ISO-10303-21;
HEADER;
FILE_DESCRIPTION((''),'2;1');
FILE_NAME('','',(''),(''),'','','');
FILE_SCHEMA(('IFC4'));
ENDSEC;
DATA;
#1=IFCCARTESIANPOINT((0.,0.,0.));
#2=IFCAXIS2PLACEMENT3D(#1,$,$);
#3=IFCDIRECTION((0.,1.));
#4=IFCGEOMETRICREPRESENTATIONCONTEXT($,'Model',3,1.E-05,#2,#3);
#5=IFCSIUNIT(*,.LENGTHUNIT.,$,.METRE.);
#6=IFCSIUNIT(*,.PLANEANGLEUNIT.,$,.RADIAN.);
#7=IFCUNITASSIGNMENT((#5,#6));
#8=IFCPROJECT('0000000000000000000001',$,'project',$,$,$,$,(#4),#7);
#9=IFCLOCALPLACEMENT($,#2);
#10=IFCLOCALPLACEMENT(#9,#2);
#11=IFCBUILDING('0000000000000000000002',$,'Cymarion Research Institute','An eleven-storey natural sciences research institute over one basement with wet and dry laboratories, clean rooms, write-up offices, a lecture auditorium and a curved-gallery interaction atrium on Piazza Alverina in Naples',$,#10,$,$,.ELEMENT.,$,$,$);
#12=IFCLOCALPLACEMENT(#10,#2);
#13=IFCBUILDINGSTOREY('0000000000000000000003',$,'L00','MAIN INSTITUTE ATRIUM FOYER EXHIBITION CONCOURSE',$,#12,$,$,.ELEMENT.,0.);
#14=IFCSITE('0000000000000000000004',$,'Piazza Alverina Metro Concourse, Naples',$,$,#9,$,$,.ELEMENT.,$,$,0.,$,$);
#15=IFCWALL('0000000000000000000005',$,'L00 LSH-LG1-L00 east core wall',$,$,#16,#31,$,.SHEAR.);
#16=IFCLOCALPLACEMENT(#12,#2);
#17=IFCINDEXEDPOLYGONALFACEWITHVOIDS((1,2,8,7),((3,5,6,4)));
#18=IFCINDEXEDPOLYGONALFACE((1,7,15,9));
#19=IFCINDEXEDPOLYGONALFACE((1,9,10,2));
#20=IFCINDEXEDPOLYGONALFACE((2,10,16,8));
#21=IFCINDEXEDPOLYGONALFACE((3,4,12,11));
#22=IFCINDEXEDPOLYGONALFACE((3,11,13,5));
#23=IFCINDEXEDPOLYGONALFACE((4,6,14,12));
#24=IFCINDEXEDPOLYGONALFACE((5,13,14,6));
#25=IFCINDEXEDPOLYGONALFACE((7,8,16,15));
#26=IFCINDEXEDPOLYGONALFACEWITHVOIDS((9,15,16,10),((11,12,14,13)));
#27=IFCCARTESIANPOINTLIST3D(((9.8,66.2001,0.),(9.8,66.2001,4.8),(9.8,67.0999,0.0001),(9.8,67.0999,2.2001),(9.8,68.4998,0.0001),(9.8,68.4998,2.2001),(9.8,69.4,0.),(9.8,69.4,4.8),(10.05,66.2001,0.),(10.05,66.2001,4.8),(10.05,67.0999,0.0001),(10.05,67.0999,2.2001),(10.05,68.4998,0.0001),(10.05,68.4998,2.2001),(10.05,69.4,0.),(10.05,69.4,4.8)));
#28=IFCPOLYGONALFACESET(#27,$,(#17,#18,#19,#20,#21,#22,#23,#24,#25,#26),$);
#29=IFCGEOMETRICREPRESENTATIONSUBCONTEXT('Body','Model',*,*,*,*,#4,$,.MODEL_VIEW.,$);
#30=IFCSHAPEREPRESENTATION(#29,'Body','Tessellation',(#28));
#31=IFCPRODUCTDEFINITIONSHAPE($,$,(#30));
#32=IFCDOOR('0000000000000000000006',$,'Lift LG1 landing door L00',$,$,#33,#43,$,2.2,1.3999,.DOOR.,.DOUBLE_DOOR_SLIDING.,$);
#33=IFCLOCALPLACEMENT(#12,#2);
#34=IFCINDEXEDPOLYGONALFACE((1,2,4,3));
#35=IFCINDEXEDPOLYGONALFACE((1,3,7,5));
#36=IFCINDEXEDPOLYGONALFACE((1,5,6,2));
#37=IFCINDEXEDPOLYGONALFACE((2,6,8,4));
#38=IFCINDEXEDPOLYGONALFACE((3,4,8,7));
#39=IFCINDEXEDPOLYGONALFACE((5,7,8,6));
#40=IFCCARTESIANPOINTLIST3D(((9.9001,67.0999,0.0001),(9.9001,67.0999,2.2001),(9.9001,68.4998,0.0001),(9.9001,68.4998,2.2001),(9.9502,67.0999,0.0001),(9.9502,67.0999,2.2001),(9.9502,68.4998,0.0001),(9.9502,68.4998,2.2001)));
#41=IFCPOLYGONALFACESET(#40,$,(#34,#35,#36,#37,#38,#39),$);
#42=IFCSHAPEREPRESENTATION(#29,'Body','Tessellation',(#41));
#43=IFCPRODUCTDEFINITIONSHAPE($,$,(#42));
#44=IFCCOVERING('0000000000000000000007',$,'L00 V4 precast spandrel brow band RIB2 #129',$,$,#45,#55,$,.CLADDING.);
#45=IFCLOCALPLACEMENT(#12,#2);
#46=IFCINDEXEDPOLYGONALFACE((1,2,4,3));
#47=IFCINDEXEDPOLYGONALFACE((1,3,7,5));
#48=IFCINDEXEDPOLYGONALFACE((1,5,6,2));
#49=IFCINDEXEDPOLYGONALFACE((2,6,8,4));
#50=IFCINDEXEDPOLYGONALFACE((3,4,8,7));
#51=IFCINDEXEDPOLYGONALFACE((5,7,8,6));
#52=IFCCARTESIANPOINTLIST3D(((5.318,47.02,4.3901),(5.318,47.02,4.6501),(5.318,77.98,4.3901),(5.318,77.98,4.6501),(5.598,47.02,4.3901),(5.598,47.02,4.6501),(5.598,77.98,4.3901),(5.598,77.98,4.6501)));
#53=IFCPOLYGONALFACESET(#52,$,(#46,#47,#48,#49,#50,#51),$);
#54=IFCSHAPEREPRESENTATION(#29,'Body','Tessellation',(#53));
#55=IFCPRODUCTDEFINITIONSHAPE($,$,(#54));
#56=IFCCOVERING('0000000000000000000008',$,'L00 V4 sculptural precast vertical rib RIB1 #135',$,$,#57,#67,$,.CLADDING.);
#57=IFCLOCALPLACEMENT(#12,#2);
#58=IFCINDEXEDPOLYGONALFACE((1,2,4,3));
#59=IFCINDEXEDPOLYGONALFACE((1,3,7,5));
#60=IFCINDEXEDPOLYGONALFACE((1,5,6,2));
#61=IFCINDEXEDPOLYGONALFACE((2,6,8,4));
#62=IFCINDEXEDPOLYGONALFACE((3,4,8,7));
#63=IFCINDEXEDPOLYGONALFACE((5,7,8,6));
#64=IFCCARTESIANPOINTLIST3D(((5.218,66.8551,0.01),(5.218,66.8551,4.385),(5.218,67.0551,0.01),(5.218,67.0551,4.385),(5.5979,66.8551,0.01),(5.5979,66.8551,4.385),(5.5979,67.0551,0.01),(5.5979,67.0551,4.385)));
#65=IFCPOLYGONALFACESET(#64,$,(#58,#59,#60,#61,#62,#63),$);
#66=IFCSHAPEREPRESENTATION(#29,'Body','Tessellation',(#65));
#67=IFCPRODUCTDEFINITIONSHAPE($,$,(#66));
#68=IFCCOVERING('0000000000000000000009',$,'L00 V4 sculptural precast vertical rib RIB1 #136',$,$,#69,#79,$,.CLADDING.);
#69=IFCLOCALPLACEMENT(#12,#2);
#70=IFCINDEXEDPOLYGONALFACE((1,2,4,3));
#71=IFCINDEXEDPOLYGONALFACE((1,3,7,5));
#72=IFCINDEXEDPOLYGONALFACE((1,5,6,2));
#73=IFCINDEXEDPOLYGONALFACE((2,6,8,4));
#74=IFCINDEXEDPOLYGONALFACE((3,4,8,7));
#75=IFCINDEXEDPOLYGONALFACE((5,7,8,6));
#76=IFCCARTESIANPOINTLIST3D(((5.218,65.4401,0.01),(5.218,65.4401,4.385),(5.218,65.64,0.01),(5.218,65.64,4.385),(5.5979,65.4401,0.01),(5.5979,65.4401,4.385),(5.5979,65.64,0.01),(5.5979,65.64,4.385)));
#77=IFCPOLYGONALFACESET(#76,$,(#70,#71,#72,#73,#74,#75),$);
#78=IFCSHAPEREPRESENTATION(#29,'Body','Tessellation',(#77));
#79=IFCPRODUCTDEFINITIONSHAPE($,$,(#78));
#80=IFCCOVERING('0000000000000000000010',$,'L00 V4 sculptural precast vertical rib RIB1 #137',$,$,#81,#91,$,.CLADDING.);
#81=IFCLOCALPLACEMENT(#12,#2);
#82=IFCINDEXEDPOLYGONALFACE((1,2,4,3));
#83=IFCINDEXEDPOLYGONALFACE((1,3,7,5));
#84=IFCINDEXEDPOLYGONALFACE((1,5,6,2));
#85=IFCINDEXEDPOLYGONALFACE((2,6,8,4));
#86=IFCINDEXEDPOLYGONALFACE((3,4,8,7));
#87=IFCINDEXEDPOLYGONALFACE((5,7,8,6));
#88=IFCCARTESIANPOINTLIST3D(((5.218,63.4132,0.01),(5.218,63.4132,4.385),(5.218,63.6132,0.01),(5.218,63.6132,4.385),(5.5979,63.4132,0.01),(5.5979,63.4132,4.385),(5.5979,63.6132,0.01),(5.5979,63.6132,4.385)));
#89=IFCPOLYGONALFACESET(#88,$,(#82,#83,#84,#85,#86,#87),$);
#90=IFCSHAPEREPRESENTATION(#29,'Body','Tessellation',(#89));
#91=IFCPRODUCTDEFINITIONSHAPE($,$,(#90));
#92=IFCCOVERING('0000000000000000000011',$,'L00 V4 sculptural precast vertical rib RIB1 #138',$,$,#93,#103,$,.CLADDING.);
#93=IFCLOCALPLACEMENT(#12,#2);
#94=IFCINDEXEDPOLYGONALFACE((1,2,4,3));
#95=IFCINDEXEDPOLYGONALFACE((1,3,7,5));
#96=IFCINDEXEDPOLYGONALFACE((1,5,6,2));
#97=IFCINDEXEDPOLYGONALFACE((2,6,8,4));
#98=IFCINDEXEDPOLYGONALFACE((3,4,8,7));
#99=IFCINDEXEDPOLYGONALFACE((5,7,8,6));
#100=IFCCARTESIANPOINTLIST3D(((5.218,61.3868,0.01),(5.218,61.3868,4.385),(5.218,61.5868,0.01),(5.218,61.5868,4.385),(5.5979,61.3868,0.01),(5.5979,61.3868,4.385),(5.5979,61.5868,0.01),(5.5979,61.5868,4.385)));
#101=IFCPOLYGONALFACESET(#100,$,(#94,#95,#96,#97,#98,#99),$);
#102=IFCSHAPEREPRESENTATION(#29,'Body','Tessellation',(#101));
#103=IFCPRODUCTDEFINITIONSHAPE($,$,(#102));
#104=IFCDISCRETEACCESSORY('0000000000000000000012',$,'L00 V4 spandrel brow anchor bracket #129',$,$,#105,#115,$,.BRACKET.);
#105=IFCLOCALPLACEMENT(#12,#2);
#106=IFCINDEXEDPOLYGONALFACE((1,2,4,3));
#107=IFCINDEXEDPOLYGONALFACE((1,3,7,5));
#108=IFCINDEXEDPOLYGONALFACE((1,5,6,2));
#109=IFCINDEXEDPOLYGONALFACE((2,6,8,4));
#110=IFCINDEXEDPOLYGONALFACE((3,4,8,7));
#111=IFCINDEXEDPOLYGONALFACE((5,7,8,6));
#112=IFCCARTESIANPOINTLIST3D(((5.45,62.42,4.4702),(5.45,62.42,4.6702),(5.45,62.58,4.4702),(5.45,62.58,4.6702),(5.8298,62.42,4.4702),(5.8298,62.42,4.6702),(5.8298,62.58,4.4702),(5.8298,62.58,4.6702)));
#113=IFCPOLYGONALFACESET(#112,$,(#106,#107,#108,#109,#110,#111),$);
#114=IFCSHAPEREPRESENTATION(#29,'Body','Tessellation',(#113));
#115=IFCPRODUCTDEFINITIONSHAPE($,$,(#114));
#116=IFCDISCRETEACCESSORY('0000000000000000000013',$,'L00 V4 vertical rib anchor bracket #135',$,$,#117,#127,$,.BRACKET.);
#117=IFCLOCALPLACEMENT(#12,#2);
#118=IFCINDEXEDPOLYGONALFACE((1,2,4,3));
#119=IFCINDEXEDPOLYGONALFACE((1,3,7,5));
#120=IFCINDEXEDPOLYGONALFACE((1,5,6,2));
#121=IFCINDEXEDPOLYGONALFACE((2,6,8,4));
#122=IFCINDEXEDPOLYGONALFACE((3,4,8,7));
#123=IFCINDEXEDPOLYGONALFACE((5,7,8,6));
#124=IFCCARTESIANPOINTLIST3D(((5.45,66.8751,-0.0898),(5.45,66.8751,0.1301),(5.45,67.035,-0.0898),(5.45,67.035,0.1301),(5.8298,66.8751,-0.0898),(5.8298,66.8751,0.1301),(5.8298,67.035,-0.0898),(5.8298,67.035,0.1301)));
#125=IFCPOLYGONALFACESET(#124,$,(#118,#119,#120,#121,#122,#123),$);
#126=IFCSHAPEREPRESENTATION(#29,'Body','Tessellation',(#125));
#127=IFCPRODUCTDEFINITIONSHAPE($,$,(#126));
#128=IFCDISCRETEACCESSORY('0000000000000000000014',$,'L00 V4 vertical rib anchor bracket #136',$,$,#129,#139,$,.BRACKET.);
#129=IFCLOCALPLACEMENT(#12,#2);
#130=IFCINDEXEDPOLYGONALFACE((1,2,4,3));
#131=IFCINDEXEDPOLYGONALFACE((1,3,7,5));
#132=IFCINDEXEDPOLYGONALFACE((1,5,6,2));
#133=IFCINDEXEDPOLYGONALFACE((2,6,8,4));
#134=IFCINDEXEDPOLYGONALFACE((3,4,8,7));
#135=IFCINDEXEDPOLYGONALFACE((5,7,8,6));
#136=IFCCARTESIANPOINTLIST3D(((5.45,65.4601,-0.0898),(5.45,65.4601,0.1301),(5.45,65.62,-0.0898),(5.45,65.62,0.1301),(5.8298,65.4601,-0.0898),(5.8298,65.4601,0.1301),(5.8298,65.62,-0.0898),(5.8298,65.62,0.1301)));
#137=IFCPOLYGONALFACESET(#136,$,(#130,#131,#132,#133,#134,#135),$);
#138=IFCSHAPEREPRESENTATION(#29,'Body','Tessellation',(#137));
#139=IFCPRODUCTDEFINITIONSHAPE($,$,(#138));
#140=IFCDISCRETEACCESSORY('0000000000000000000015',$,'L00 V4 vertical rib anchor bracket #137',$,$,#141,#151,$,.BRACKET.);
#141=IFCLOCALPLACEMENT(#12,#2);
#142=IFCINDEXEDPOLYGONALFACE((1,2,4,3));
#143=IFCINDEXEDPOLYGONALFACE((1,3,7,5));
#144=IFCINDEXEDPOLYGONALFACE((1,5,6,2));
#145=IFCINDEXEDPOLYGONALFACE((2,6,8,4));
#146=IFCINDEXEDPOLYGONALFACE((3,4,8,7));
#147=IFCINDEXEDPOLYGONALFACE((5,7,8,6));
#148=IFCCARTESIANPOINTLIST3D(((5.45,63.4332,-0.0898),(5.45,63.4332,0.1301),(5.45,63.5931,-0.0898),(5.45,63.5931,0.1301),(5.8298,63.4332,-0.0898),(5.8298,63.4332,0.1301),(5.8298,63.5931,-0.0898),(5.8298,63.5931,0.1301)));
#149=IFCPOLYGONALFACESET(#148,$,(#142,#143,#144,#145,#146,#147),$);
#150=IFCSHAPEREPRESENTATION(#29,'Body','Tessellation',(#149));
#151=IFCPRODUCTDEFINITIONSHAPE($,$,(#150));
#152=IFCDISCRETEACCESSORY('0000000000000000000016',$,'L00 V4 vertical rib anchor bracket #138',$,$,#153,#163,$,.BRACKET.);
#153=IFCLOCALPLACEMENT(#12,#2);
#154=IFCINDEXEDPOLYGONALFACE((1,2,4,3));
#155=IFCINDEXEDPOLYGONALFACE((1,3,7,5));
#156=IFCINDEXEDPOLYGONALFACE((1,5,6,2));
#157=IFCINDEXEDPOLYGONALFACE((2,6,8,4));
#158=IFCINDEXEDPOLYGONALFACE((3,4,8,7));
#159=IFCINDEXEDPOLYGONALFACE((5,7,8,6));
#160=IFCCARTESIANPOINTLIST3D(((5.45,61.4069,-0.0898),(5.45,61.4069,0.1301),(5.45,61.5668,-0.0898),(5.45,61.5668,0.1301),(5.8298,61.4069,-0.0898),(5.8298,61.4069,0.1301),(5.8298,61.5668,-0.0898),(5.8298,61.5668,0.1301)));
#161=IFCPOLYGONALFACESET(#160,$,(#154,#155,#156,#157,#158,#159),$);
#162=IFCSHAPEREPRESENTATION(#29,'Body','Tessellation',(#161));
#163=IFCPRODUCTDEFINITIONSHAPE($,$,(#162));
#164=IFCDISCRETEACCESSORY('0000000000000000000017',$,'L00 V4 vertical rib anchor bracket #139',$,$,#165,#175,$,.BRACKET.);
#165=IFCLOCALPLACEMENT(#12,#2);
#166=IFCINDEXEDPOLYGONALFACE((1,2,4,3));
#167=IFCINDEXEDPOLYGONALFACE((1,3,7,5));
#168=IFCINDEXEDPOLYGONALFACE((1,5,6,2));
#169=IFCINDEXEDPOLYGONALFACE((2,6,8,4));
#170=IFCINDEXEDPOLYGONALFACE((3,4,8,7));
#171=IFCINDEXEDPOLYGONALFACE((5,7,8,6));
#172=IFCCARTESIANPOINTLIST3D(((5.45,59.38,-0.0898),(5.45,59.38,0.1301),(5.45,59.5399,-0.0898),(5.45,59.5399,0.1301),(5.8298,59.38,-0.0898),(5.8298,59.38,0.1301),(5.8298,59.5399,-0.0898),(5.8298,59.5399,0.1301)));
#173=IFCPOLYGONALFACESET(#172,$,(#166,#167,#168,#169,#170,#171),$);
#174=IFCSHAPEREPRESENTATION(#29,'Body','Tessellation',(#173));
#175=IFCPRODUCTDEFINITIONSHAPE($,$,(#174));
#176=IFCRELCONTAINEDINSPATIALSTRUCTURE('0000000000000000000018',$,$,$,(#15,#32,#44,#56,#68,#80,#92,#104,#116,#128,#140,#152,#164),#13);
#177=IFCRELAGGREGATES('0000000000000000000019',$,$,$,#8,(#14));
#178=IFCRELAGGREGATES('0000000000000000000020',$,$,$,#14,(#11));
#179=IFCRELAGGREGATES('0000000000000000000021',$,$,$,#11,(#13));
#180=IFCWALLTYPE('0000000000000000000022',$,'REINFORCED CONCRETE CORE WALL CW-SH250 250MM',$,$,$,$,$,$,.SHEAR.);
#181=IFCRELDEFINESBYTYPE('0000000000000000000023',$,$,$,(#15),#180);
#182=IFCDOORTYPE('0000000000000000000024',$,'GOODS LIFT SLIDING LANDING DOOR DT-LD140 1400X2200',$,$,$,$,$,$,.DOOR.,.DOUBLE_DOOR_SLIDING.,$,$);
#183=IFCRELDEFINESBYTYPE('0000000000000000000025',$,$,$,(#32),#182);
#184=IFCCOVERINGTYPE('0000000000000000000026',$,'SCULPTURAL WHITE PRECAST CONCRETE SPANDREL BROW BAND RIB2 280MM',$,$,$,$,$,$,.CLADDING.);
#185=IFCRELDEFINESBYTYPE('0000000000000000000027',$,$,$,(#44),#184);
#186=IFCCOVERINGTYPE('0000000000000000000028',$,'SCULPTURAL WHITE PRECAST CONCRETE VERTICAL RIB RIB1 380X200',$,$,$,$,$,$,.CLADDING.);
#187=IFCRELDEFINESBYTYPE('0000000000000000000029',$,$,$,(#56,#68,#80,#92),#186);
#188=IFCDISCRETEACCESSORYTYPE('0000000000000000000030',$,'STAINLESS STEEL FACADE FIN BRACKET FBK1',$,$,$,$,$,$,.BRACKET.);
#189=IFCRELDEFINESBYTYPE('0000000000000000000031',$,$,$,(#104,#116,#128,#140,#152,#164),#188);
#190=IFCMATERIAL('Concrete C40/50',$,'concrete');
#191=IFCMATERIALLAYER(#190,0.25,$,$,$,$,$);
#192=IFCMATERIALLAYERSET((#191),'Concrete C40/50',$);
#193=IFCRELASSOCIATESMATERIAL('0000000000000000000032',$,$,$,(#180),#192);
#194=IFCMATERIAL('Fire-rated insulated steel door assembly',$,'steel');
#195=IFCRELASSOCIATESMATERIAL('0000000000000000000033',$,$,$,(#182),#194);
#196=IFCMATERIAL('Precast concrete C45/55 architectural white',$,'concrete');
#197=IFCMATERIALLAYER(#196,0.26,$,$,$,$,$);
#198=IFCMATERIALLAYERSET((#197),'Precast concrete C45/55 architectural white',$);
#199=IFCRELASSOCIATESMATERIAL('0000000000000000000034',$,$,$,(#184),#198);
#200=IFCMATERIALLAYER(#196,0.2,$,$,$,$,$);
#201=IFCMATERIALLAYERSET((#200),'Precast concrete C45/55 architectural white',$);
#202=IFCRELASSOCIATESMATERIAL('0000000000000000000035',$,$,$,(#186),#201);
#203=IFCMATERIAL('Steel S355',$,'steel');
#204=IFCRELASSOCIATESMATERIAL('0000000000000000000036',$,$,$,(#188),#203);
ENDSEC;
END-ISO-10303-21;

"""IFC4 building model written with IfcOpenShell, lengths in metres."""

from ifc_helpers import new_model, si_unit, direction, frame, frame_2d, origin, origin_2d, place, context, subcontext, project, spatial, rectangle, extrude, material, layer, layer_set, type_object, element, fill, save


model = new_model("IFC4")

# Units and contexts
model_context = context("Model", 3, precision=1e-05, world=origin(), true_north=direction((0.0, 1.0)))
body_context = subcontext(model_context, "Body", "Model", "MODEL_VIEW")
ifc_project = project(units=[si_unit("LENGTHUNIT", "METRE"), si_unit("PLANEANGLEUNIT", "RADIAN")], contexts=[model_context])

# Site, building, storey
site_placement = place(None, origin())
site = spatial("IfcSite", under=ifc_project, at=site_placement, Name="Piazza Alverina Metro Concourse, Naples", CompositionType="ELEMENT", RefElevation=0.0)
building_placement = place(site_placement, origin())
building = spatial("IfcBuilding", under=site, at=building_placement, Name="Cymarion Research Institute", Description="An eleven-storey natural sciences research institute over one basement with wet and dry laboratories, clean rooms, write-up offices, a lecture auditorium and a curved-gallery interaction atrium on Piazza Alverina in Naples", CompositionType="ELEMENT")
storey_placement = place(building_placement, origin())
storey = spatial("IfcBuildingStorey", under=building, at=storey_placement, Name="L00", Description="MAIN INSTITUTE ATRIUM FOYER EXHIBITION CONCOURSE", CompositionType="ELEMENT", Elevation=0.0)

# Shared definitions
ifc_material_1 = material(Name="Steel S355", Category="steel")
ifc_material_2 = material(Name="Concrete C40/50", Category="concrete")

# Shared definitions
ifc_layer_1 = layer(ifc_material_2, 0.25)
ifc_layer_set_1 = layer_set([ifc_layer_1], Name="Concrete C40/50")
wall_type_1 = type_object("IfcWallType", Name="REINFORCED CONCRETE CORE WALL CW-SH250 250MM", PredefinedType="SHEAR", material=ifc_layer_set_1)

# Wall, opening, door
wall_1_placement = place(storey_placement, frame((9.925, 66.2, 0.0), z_axis=(0.0, 0.0, 1.0), x_axis=(0.0, 1.0, 0.0)))
wall_1 = element("IfcWall", 1, at=wall_1_placement, inside=storey, type_object=wall_type_1, Name="L00 LSH-LG1-L00 east core wall", PredefinedType="SHEAR", context=body_context, shape_type="SweptSolid", body=[
    extrude(rectangle(XDim=3.2, YDim=0.25, at=frame_2d((1.6001, 0.0))), origin(), (0.0, 0.0, 1.0), 4.8),
])
opening_placement = place(wall_1_placement, frame((0.8999, 0.0, 0.0)))
opening = element("IfcOpeningElement", 2, at=opening_placement, cuts=wall_1, PredefinedType="OPENING", context=body_context, shape_type="SweptSolid", body=[
    extrude(rectangle(XDim=1.3999, YDim=2.2, at=frame_2d((0.7, 1.1001))), frame((0.0, 0.135, 0.0), z_axis=(0.0, -1.0, 0.0), x_axis=(1.0, 0.0, 0.0)), (0.0, 0.0, 1.0), 0.27),
])
ifc_material_3 = material(Name="Fire-rated insulated steel door assembly", Category="steel")
door_type = type_object("IfcDoorType", Name="GOODS LIFT SLIDING LANDING DOOR DT-LD140 1400X2200", OperationType="DOUBLE_DOOR_SLIDING", PredefinedType="DOOR", material=ifc_material_3)
door_placement = place(opening_placement, origin())
door = element("IfcDoor", 3, at=door_placement, inside=storey, type_object=door_type, Name="Lift LG1 landing door L00", OperationType="DOUBLE_DOOR_SLIDING", OverallHeight=2.2, OverallWidth=1.3999, PredefinedType="DOOR", context=body_context, shape_type="SweptSolid", body=[
    extrude(rectangle(XDim=1.3999, YDim=2.2, at=frame_2d((0.7, 1.1001))), frame((0.0, 0.0249, 0.0), z_axis=(0.0, -1.0, 0.0), x_axis=(1.0, 0.0, 0.0)), (0.0, 0.0, 1.0), 0.05),
])
fill(opening, door)

# Coverings
ifc_material_4 = material(Name="Precast concrete C45/55 architectural white", Category="concrete")
ifc_layer_2 = layer(ifc_material_4, 0.26)
ifc_layer_set_2 = layer_set([ifc_layer_2], Name="Precast concrete C45/55 architectural white")
covering_type_1 = type_object("IfcCoveringType", Name="SCULPTURAL WHITE PRECAST CONCRETE SPANDREL BROW BAND RIB2 280MM", PredefinedType="CLADDING", material=ifc_layer_set_2)
covering_placement = place(storey_placement, frame((5.458, 62.5, 4.3901), z_axis=(0.0, 0.0, 1.0), x_axis=(-1.0, 0.0, 0.0)))
element("IfcCovering", 4, at=covering_placement, inside=storey, type_object=covering_type_1, Name="L00 V4 precast spandrel brow band RIB2 #129", PredefinedType="CLADDING", context=body_context, shape_type="SweptSolid", body=[
    extrude(rectangle(XDim=0.28, YDim=30.96, at=origin_2d()), origin(), (0.0, 0.0, 1.0), 0.26),
])
ifc_layer_3 = layer(ifc_material_4, 0.2)
ifc_layer_set_3 = layer_set([ifc_layer_3], Name="Precast concrete C45/55 architectural white")
covering_type_2 = type_object("IfcCoveringType", Name="SCULPTURAL WHITE PRECAST CONCRETE VERTICAL RIB RIB1 380X200", PredefinedType="CLADDING", material=ifc_layer_set_3)
for number, where, z_axis, x_axis, name in (
    (5, (5.408, 66.9551, 0.01), (0.0, 0.0, 1.0), (-1.0, 0.0, 0.0), "L00 V4 sculptural precast vertical rib RIB1 #135"),
    (6, (5.408, 65.54, 0.01), (0.0, 0.0, 1.0), (-1.0, 0.0, 0.0), "L00 V4 sculptural precast vertical rib RIB1 #136"),
    (7, (5.408, 63.5132, 0.01), (0.0, 0.0, 1.0), (-1.0, 0.0, 0.0), "L00 V4 sculptural precast vertical rib RIB1 #137"),
    (8, (5.408, 61.4868, 0.01), (0.0, 0.0, 1.0), (-1.0, 0.0, 0.0), "L00 V4 sculptural precast vertical rib RIB1 #138"),
):
    element("IfcCovering", number, at=place(storey_placement, frame(where, z_axis=z_axis, x_axis=x_axis)), inside=storey, type_object=covering_type_2, Name=name, PredefinedType="CLADDING", context=body_context, shape_type="SweptSolid", body=[
        extrude(rectangle(XDim=0.3799, YDim=0.2, at=origin_2d()), origin(), (0.0, 0.0, 1.0), 4.375),
    ])

# Discrete accessories
discrete_accessory_type = type_object("IfcDiscreteAccessoryType", Name="STAINLESS STEEL FACADE FIN BRACKET FBK1", PredefinedType="BRACKET", material=ifc_material_1)
discrete_accessory_placement = place(storey_placement, frame((5.6399, 62.5, 4.4702), z_axis=(0.0, 0.0, 1.0), x_axis=(-1.0, 0.0, 0.0)))
element("IfcDiscreteAccessory", 9, at=discrete_accessory_placement, inside=storey, type_object=discrete_accessory_type, Name="L00 V4 spandrel brow anchor bracket #129", PredefinedType="BRACKET", context=body_context, shape_type="SweptSolid", body=[
    extrude(rectangle(XDim=0.3799, YDim=0.1599, at=origin_2d()), origin(), (0.0, 0.0, 1.0), 0.2),
])
for number, where, z_axis, x_axis, name in (
    (10, (5.6399, 66.9551, -0.0898), (0.0, 0.0, 1.0), (-1.0, 0.0, 0.0), "L00 V4 vertical rib anchor bracket #135"),
    (11, (5.6399, 65.54, -0.0898), (0.0, 0.0, 1.0), (-1.0, 0.0, 0.0), "L00 V4 vertical rib anchor bracket #136"),
    (12, (5.6399, 63.5132, -0.0898), (0.0, 0.0, 1.0), (-1.0, 0.0, 0.0), "L00 V4 vertical rib anchor bracket #137"),
    (13, (5.6399, 61.4868, -0.0898), (0.0, 0.0, 1.0), (-1.0, 0.0, 0.0), "L00 V4 vertical rib anchor bracket #138"),
    (14, (5.6399, 59.46, -0.0898), (0.0, 0.0, 1.0), (-1.0, 0.0, 0.0), "L00 V4 vertical rib anchor bracket #139"),
):
    element("IfcDiscreteAccessory", number, at=place(storey_placement, frame(where, z_axis=z_axis, x_axis=x_axis)), inside=storey, type_object=discrete_accessory_type, Name=name, PredefinedType="BRACKET", context=body_context, shape_type="SweptSolid", body=[
        extrude(rectangle(XDim=0.3799, YDim=0.1599, at=origin_2d()), origin(), (0.0, 0.0, 1.0), 0.22),
    ])

save(model, "model.ifc")
